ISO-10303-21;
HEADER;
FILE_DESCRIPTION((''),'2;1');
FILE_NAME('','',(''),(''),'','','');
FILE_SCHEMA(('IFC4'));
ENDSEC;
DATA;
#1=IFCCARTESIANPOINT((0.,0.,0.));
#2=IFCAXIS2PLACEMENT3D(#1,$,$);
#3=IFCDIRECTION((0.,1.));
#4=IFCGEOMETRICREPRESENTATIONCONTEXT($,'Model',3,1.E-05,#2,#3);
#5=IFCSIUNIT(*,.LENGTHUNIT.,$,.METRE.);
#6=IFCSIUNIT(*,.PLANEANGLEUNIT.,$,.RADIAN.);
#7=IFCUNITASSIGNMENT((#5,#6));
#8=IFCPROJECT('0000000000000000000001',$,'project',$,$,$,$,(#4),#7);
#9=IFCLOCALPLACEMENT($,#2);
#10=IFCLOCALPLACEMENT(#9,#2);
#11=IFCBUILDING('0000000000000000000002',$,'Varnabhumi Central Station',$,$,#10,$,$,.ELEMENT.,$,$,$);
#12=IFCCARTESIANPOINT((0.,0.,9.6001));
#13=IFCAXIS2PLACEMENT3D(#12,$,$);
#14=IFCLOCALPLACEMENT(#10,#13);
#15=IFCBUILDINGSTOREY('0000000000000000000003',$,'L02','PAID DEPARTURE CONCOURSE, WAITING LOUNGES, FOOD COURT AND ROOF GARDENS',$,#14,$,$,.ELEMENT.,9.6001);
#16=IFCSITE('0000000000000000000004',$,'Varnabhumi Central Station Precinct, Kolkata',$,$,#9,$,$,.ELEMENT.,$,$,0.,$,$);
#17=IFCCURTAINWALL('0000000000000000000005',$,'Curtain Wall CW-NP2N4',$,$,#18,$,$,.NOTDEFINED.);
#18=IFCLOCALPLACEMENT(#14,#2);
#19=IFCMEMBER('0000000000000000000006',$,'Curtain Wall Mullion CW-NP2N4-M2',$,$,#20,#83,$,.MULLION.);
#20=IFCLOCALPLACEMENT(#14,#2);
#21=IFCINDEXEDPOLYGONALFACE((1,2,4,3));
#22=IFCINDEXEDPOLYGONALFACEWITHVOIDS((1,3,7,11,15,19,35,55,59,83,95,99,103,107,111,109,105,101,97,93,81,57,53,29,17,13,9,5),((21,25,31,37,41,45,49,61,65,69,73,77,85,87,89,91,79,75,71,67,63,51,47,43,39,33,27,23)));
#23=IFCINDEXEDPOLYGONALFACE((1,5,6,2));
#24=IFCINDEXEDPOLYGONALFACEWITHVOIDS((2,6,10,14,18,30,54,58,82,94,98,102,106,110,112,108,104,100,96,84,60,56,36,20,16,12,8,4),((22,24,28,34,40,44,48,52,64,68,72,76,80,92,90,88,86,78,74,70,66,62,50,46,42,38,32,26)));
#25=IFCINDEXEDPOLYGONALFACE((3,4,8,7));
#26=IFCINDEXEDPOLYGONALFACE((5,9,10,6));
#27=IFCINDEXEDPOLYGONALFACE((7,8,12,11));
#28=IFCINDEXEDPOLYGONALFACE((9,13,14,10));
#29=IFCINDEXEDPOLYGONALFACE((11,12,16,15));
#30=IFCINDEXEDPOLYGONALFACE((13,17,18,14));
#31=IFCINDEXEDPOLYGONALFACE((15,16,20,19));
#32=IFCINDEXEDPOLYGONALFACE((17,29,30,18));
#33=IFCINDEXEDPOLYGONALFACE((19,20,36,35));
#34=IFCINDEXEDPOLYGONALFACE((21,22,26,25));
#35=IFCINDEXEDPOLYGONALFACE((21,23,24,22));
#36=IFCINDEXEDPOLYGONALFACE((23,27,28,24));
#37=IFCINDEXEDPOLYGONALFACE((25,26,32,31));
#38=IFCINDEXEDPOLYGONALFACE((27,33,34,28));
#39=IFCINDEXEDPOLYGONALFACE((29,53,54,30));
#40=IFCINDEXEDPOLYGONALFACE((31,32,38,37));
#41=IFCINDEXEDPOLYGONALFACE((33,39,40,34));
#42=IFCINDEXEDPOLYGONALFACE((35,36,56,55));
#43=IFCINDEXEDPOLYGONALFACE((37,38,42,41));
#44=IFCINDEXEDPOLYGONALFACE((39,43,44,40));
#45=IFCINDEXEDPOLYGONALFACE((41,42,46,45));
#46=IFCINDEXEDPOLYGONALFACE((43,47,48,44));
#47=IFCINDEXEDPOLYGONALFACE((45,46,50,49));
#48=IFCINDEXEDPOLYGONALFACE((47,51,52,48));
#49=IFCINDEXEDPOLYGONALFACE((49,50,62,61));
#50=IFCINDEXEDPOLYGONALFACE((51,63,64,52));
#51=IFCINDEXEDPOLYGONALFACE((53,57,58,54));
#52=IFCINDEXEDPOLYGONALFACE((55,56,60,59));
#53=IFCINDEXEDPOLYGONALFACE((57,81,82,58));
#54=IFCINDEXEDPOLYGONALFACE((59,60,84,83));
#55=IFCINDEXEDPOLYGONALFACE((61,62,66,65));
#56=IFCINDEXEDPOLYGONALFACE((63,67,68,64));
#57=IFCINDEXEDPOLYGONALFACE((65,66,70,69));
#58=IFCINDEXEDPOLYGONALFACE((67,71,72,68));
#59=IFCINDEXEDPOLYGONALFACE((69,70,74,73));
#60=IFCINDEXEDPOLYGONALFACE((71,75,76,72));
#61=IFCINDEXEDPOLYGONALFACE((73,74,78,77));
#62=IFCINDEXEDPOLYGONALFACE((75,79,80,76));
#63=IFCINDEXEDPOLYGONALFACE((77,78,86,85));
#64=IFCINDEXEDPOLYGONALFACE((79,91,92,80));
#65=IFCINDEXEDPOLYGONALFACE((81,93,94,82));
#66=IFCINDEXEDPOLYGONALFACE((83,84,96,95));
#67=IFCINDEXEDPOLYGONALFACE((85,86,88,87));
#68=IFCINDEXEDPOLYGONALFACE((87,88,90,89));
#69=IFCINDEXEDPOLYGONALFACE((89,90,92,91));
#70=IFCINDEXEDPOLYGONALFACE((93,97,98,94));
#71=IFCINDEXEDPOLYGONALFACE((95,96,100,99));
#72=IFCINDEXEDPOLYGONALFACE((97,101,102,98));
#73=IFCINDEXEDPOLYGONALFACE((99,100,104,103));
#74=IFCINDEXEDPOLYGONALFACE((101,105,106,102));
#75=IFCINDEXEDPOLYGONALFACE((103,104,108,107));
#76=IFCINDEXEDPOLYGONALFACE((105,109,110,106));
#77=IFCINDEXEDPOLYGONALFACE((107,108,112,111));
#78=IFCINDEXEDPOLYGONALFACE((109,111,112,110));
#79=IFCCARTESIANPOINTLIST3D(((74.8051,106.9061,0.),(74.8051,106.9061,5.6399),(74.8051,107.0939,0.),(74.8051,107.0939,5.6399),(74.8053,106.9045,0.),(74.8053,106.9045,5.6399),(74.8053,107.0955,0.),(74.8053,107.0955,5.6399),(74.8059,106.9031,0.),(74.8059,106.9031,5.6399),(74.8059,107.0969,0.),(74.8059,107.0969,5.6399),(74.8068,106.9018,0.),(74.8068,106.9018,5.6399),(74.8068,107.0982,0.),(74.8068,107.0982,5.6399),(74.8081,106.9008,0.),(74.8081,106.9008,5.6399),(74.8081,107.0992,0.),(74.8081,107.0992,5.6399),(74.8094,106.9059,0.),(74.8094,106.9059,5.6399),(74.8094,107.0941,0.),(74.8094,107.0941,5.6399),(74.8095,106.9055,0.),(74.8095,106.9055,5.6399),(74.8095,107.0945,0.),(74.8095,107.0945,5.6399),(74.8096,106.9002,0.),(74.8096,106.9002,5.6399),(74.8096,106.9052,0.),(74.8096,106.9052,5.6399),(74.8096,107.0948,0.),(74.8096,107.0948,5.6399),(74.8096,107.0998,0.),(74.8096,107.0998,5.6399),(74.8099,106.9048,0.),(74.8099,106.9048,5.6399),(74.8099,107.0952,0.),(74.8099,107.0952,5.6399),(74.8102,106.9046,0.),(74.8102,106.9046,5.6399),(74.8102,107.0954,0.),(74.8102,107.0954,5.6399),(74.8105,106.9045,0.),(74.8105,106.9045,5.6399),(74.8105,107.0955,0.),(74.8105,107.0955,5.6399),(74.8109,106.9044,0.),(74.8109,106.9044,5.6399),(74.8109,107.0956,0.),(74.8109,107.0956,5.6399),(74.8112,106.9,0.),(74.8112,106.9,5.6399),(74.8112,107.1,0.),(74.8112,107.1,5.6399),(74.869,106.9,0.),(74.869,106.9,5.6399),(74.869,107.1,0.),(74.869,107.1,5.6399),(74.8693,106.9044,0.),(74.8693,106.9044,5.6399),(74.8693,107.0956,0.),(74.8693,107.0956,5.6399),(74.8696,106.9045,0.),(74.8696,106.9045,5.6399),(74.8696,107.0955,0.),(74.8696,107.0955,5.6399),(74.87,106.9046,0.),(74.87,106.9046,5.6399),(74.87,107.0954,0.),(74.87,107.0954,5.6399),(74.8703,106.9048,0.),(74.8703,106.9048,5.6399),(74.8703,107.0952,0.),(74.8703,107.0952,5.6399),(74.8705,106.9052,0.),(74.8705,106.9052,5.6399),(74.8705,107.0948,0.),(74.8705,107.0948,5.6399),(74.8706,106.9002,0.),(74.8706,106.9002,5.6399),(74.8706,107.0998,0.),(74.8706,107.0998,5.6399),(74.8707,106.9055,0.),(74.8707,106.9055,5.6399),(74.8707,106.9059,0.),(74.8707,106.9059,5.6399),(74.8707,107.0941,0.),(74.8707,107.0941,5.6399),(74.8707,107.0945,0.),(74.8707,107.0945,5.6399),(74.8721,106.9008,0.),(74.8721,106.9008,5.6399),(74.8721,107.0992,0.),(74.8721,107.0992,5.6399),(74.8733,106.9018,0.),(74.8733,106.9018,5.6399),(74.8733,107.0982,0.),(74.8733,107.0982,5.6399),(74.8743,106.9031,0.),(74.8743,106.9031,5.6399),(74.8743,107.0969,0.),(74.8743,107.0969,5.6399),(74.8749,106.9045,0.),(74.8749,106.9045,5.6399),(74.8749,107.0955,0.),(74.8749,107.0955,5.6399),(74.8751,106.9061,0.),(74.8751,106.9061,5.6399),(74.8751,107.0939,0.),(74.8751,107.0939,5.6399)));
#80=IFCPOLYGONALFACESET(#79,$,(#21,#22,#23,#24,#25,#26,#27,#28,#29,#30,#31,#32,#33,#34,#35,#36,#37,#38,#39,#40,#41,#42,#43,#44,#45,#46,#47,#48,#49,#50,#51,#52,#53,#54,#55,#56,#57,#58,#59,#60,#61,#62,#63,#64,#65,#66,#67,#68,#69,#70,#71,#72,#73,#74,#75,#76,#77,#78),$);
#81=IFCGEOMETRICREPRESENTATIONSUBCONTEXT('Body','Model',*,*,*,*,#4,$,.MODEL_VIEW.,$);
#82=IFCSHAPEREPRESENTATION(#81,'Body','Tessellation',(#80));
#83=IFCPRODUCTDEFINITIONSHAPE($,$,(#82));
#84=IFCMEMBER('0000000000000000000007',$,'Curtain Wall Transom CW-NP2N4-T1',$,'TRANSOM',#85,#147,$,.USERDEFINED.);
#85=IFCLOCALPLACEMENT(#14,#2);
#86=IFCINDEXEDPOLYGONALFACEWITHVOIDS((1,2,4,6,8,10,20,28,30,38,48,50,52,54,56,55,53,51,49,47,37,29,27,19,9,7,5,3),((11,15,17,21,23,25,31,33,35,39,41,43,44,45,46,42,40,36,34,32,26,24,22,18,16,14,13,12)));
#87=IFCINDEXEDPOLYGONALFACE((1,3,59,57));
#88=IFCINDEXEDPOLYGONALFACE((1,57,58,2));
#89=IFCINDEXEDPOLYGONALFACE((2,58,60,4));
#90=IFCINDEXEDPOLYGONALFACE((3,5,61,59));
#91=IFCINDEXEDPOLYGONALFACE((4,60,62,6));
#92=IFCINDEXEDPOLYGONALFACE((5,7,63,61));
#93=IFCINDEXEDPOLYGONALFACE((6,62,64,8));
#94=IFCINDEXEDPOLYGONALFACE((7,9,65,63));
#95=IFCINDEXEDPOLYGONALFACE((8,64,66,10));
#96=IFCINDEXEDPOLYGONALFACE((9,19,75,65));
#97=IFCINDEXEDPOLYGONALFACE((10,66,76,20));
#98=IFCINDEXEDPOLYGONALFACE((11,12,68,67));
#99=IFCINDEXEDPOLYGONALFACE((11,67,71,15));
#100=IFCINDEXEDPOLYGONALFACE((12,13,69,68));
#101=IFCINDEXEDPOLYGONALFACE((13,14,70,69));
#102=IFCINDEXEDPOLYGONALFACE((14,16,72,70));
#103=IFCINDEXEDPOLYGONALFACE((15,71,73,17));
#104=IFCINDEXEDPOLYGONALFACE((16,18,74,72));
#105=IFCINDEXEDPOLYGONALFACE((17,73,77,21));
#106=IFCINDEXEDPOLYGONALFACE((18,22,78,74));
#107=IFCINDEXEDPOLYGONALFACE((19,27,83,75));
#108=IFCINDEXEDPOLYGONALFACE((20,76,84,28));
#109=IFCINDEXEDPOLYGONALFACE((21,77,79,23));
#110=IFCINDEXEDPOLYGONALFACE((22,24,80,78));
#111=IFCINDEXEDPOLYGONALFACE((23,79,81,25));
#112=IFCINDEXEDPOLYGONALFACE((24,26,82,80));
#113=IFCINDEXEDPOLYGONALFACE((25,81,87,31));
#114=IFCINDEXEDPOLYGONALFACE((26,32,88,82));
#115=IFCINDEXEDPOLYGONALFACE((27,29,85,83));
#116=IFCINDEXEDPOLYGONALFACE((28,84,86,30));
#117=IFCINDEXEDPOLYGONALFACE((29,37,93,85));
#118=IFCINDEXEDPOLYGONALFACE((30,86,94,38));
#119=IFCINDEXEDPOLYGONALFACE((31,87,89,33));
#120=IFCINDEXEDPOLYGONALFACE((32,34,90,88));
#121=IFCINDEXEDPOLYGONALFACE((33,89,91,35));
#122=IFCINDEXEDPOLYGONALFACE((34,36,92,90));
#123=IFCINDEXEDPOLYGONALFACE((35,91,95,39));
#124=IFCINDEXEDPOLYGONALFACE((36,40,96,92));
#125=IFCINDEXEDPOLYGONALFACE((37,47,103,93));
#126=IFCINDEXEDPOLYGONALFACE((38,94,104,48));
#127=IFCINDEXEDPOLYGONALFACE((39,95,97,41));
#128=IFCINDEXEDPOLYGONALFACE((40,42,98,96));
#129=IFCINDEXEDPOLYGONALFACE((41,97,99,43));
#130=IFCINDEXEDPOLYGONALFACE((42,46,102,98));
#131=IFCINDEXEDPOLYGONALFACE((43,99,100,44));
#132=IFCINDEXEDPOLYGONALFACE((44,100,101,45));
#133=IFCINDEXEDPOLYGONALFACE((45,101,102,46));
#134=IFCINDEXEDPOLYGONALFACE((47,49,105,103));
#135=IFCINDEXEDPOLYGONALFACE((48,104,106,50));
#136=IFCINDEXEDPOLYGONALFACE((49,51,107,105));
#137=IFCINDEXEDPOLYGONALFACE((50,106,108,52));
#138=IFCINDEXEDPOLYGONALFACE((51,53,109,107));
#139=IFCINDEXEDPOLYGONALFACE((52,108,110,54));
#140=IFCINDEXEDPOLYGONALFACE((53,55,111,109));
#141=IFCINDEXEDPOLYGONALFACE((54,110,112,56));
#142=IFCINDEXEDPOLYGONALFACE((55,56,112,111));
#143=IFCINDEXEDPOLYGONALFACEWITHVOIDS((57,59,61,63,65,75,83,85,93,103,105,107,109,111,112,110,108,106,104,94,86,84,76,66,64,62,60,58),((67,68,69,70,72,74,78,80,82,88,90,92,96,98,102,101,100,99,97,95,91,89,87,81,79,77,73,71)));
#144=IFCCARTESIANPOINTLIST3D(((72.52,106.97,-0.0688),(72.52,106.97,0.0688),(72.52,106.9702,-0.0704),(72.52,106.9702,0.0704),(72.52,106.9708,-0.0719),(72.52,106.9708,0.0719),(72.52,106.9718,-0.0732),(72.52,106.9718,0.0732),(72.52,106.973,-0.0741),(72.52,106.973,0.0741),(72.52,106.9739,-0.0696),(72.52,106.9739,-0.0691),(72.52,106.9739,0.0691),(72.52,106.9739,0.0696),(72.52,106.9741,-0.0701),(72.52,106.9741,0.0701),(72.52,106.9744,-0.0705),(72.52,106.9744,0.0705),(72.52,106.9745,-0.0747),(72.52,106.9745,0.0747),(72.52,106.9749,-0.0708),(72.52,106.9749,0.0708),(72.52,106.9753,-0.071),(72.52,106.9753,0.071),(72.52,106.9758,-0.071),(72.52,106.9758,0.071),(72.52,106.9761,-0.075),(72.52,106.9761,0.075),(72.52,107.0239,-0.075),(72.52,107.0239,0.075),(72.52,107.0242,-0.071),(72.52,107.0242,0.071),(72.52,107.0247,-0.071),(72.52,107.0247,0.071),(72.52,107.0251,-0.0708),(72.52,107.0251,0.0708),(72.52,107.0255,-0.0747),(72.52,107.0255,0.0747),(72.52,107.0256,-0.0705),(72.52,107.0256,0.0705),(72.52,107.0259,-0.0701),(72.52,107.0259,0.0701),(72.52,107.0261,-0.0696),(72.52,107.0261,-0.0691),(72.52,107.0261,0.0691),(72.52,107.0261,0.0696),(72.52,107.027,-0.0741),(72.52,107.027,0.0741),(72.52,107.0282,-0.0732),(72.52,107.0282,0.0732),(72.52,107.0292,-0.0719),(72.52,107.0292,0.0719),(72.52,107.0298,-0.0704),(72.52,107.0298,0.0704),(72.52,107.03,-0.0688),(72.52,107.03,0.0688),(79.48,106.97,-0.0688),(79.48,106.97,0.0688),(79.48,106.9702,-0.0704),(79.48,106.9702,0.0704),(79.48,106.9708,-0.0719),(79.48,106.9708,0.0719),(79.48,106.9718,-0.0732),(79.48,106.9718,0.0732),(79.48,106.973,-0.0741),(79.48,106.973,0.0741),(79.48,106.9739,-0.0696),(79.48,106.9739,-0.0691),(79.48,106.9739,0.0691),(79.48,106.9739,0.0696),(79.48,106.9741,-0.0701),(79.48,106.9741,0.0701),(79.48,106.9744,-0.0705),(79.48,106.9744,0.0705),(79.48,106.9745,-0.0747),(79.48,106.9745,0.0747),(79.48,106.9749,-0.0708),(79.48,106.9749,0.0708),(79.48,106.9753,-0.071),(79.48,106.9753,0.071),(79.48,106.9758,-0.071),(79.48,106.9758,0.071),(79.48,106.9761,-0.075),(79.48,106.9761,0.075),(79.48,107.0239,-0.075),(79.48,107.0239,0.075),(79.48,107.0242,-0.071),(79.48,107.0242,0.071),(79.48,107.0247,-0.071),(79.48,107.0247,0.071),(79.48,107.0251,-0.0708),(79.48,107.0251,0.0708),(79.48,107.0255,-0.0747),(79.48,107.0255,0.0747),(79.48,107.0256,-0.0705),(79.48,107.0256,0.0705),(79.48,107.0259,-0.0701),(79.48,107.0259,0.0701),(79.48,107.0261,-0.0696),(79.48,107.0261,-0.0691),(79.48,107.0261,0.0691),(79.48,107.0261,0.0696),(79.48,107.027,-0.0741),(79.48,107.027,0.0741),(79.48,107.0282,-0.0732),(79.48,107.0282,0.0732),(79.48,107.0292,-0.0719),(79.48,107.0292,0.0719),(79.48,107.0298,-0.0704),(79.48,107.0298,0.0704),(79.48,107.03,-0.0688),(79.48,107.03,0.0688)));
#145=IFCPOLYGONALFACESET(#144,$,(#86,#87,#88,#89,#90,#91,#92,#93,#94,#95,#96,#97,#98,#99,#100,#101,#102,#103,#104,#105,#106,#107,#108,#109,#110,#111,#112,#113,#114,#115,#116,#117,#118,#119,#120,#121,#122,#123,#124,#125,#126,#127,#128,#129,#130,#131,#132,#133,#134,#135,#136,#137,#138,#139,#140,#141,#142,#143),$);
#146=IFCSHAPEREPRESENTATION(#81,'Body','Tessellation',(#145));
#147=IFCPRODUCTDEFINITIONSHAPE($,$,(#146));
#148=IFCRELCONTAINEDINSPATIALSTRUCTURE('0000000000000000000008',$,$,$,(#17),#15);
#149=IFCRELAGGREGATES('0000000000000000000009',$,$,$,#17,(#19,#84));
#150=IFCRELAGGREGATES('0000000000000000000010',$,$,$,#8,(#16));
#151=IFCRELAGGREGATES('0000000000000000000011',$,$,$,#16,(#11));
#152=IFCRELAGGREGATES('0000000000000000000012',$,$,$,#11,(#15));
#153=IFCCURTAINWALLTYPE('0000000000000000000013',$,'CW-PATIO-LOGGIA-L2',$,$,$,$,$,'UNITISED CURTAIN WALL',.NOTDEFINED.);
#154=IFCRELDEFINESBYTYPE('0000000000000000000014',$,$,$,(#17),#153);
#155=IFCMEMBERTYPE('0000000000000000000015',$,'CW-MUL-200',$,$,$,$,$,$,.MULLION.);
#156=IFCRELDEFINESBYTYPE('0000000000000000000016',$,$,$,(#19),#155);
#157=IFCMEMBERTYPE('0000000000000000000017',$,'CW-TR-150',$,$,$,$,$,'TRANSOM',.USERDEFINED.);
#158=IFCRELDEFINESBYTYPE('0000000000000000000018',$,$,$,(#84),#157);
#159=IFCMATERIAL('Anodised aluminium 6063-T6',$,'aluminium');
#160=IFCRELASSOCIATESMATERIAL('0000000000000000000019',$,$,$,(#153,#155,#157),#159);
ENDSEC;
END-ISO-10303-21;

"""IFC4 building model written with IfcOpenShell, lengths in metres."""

from ifc_helpers import new_model, si_unit, direction, frame, origin, origin_2d, place, context, subcontext, project, spatial, hollow_rectangle, extrude, material, material_profile, profile_set, type_object, element, aggregate, save


model = new_model("IFC4")

# Units and contexts
model_context = context("Model", 3, precision=1e-05, world=origin(), true_north=direction((0.0, 1.0)))
body_context = subcontext(model_context, "Body", "Model", "MODEL_VIEW")
ifc_project = project(units=[si_unit("LENGTHUNIT", "METRE"), si_unit("PLANEANGLEUNIT", "RADIAN")], contexts=[model_context])

# Site, building, storey
site_placement = place(None, origin())
site = spatial("IfcSite", under=ifc_project, at=site_placement, Name="Varnabhumi Central Station Precinct, Kolkata", CompositionType="ELEMENT", RefElevation=0.0)
building_placement = place(site_placement, origin())
building = spatial("IfcBuilding", under=site, at=building_placement, Name="Varnabhumi Central Station", CompositionType="ELEMENT")
storey_placement = place(building_placement, frame((0.0, 0.0, 9.6001)))
storey = spatial("IfcBuildingStorey", under=building, at=storey_placement, Name="L02", Description="PAID DEPARTURE CONCOURSE, WAITING LOUNGES, FOOD COURT AND ROOF GARDENS", CompositionType="ELEMENT", Elevation=9.6001)

# Curtain wall, members
ifc_material_1 = material(Name="Anodised aluminium 6063-T6", Category="aluminium")
curtain_wall_type = type_object("IfcCurtainWallType", Name="CW-PATIO-LOGGIA-L2", ElementType="UNITISED CURTAIN WALL", PredefinedType="NOTDEFINED", material=ifc_material_1)
curtain_wall_placement = place(storey_placement, origin())
curtain_wall = element("IfcCurtainWall", 1, at=curtain_wall_placement, inside=storey, type_object=curtain_wall_type, Name="Curtain Wall CW-NP2N4", PredefinedType="NOTDEFINED")
ifc_material_profile_1 = material_profile(ifc_material_1, hollow_rectangle(XDim=0.0701, YDim=0.2, WallThickness=0.0044, InnerFilletRadius=0.0015, OuterFilletRadius=0.0061, at=origin_2d()), Name="Anodised aluminium 6063-T6", Category="aluminium")
ifc_profile_set_1 = profile_set([ifc_material_profile_1], Name="Anodised aluminium 6063-T6")
member_type_1 = type_object("IfcMemberType", Name="CW-MUL-200", PredefinedType="MULLION", material=ifc_profile_set_1)
member_1_placement = place(storey_placement, frame((74.8401, 107.0, 0.0), z_axis=(0.0, 0.0, 1.0), x_axis=(1.0, 0.0, 0.0)))
member_1 = element("IfcMember", 2, at=member_1_placement, type_object=member_type_1, Name="Curtain Wall Mullion CW-NP2N4-M2", PredefinedType="MULLION", context=body_context, shape_type="SweptSolid", body=[
    extrude(hollow_rectangle(XDim=0.0701, YDim=0.2, WallThickness=0.0044, InnerFilletRadius=0.0015, OuterFilletRadius=0.0061, at=origin_2d()), origin(), (0.0, 0.0, 1.0), 5.6399),
])
ifc_material_profile_2 = material_profile(ifc_material_1, hollow_rectangle(XDim=0.0601, YDim=0.1499, WallThickness=0.0039, InnerFilletRadius=0.002, OuterFilletRadius=0.0061, at=origin_2d()), Name="Anodised aluminium 6063-T6", Category="aluminium")
ifc_profile_set_2 = profile_set([ifc_material_profile_2], Name="Anodised aluminium 6063-T6")
member_type_2 = type_object("IfcMemberType", Name="CW-TR-150", ElementType="TRANSOM", PredefinedType="USERDEFINED", material=ifc_profile_set_2)
member_2_placement = place(storey_placement, frame((72.52, 107.0, 0.0), z_axis=(1.0, 0.0, 0.0), x_axis=(0.0, 1.0, 0.0)))
member_2 = element("IfcMember", 3, at=member_2_placement, type_object=member_type_2, Name="Curtain Wall Transom CW-NP2N4-T1", ObjectType="TRANSOM", PredefinedType="USERDEFINED", context=body_context, shape_type="SweptSolid", body=[
    extrude(hollow_rectangle(XDim=0.0601, YDim=0.1499, WallThickness=0.0039, InnerFilletRadius=0.002, OuterFilletRadius=0.0061, at=origin_2d()), origin(), (0.0, 0.0, 1.0), 6.96),
])
aggregate(curtain_wall, [member_1, member_2])

save(model, "model.ifc")
